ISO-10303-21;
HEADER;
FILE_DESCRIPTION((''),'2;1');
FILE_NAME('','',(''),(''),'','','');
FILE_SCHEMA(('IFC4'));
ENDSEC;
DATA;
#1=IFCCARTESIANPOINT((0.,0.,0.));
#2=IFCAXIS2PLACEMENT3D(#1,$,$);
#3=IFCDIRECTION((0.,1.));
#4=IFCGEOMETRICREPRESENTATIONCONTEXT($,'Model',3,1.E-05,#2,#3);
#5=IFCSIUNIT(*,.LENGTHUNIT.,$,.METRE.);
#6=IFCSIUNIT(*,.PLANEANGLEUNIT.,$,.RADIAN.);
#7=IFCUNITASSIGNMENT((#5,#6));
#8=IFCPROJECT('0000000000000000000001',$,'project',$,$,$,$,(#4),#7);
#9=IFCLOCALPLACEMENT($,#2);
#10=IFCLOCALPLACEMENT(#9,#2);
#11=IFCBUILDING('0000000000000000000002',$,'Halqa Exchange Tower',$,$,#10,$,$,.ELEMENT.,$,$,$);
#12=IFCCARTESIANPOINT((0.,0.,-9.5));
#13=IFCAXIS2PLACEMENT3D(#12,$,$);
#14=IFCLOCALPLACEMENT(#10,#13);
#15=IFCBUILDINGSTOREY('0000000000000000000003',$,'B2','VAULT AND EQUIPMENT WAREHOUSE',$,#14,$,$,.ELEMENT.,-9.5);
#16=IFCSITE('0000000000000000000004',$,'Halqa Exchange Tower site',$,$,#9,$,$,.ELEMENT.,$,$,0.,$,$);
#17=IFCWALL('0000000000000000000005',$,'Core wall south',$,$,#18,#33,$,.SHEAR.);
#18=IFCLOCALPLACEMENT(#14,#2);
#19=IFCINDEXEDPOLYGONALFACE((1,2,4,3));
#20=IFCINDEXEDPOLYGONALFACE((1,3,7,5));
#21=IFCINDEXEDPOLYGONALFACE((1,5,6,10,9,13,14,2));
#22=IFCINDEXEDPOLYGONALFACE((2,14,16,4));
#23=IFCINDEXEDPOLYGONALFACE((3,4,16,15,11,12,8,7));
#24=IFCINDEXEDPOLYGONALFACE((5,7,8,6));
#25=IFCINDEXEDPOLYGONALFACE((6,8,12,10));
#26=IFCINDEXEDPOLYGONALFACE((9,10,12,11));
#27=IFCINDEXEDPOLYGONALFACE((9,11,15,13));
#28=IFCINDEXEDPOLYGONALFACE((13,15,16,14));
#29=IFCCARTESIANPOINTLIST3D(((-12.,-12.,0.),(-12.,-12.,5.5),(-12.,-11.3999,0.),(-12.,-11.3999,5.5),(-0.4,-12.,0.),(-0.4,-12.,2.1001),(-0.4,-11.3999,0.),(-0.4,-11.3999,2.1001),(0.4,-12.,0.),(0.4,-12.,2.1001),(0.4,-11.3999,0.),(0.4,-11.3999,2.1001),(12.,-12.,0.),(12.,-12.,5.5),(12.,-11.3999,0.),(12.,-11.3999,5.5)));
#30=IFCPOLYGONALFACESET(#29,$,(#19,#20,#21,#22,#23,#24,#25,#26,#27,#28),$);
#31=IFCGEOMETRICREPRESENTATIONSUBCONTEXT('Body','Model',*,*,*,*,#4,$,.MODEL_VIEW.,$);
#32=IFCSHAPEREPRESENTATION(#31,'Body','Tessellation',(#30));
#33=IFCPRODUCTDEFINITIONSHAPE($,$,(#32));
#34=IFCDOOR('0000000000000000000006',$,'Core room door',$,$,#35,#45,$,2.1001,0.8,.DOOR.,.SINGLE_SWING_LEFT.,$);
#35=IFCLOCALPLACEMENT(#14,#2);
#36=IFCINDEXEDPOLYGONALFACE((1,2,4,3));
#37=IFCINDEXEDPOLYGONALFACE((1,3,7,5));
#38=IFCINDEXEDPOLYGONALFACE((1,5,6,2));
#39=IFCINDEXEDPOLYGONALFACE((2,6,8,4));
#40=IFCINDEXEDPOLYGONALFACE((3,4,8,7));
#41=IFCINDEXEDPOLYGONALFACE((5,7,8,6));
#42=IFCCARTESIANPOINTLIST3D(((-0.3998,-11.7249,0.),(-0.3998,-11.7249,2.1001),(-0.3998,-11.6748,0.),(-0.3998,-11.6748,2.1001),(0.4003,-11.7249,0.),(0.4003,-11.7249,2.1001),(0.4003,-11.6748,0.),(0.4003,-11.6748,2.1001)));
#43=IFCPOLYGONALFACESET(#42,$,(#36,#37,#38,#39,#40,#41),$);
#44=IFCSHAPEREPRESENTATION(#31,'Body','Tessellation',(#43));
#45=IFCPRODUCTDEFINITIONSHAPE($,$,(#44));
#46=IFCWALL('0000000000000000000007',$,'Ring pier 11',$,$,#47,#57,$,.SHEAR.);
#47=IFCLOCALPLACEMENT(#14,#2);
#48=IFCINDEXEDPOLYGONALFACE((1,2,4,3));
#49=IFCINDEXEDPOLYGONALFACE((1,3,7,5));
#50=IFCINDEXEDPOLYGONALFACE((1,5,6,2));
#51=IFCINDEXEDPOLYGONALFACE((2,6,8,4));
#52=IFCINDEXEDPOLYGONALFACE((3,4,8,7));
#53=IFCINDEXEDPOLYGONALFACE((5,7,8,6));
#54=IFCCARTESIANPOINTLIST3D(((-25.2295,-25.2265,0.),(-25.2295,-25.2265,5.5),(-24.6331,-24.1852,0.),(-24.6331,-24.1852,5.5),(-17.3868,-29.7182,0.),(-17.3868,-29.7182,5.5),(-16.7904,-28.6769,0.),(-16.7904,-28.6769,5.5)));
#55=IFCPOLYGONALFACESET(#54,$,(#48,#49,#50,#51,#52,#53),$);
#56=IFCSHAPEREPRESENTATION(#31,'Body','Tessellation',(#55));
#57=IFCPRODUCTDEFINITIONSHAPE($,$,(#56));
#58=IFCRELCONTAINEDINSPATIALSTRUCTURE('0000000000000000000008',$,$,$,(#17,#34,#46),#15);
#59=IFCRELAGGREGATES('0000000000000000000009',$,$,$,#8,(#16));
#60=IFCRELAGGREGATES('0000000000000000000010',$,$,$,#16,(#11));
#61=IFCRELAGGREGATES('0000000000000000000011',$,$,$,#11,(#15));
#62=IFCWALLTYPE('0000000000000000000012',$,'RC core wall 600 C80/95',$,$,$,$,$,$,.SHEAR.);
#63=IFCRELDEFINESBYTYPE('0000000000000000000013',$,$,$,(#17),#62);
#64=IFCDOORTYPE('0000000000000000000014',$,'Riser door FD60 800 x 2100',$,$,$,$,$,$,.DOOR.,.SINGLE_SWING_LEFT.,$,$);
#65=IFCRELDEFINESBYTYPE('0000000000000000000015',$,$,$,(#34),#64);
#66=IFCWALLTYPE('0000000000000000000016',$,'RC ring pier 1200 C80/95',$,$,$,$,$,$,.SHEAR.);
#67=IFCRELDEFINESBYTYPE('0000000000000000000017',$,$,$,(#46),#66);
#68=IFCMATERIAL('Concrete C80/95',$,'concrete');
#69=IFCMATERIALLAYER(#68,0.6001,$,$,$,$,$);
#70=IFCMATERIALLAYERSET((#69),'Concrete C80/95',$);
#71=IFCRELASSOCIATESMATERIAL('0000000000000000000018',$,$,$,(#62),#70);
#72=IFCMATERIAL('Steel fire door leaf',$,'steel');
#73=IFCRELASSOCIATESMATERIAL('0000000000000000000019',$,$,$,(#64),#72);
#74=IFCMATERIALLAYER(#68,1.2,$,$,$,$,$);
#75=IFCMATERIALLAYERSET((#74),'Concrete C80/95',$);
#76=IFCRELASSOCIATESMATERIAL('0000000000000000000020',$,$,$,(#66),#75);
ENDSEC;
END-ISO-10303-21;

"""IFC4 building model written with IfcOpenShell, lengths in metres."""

from ifc_helpers import new_model, si_unit, direction, frame, frame_2d, origin, place, context, subcontext, project, spatial, rectangle, extrude, material, layer, layer_set, type_object, element, fill, save


model = new_model("IFC4")

# Units and contexts
model_context = context("Model", 3, precision=1e-05, world=origin(), true_north=direction((0.0, 1.0)))
body_context = subcontext(model_context, "Body", "Model", "MODEL_VIEW")
ifc_project = project(units=[si_unit("LENGTHUNIT", "METRE"), si_unit("PLANEANGLEUNIT", "RADIAN")], contexts=[model_context])

# Site, building, storey
site_placement = place(None, origin())
site = spatial("IfcSite", under=ifc_project, at=site_placement, Name="Halqa Exchange Tower site", CompositionType="ELEMENT", RefElevation=0.0)
building_placement = place(site_placement, origin())
building = spatial("IfcBuilding", under=site, at=building_placement, Name="Halqa Exchange Tower", CompositionType="ELEMENT")
storey_placement = place(building_placement, frame((0.0, 0.0, -9.5)))
storey = spatial("IfcBuildingStorey", under=building, at=storey_placement, Name="B2", Description="VAULT AND EQUIPMENT WAREHOUSE", CompositionType="ELEMENT", Elevation=-9.5)

# Shared definitions
ifc_material_1 = material(Name="Steel fire door leaf", Category="steel")

# Wall, opening, door
ifc_material_2 = material(Name="Concrete C80/95", Category="concrete")
ifc_layer_1 = layer(ifc_material_2, 0.6001)
ifc_layer_set_1 = layer_set([ifc_layer_1], Name="Concrete C80/95")
wall_type_1 = type_object("IfcWallType", Name="RC core wall 600 C80/95", PredefinedType="SHEAR", material=ifc_layer_set_1)
wall_1_placement = place(storey_placement, frame((-12.0, -11.7, 0.0), z_axis=(0.0, 0.0, 1.0), x_axis=(1.0, 0.0, 0.0)))
wall_1 = element("IfcWall", 1, at=wall_1_placement, inside=storey, type_object=wall_type_1, Name="Core wall south", PredefinedType="SHEAR", context=body_context, shape_type="SweptSolid", body=[
    extrude(rectangle(XDim=24.0, YDim=0.6001, at=frame_2d((12.0, 0.0))), origin(), (0.0, 0.0, 1.0), 5.5),
])
opening_1_placement = place(wall_1_placement, frame((11.6001, 0.0, 0.0)))
opening_1 = element("IfcOpeningElement", 2, at=opening_1_placement, cuts=wall_1, PredefinedType="OPENING", context=body_context, shape_type="SweptSolid", body=[
    extrude(rectangle(XDim=0.8, YDim=2.1001, at=frame_2d((0.3999, 1.05))), frame((0.0, 0.312, 0.0), z_axis=(0.0, -1.0, 0.0), x_axis=(1.0, 0.0, 0.0)), (0.0, 0.0, 1.0), 0.624),
])
door_type_1 = type_object("IfcDoorType", Name="Riser door FD60 800 x 2100", OperationType="SINGLE_SWING_LEFT", PredefinedType="DOOR", material=ifc_material_1)
door_1_placement = place(opening_1_placement, frame((0.8, 0.0, 0.0), z_axis=(0.0, 0.0, 1.0), x_axis=(-1.0, 0.0, 0.0)))
door_1 = element("IfcDoor", 3, at=door_1_placement, inside=storey, type_object=door_type_1, Name="Core room door", OperationType="SINGLE_SWING_LEFT", OverallHeight=2.1001, OverallWidth=0.8, PredefinedType="DOOR", context=body_context, shape_type="SweptSolid", body=[
    extrude(rectangle(XDim=0.8, YDim=2.1001, at=frame_2d((0.3999, 1.05))), frame((0.0, 0.0249, 0.0), z_axis=(0.0, -1.0, 0.0), x_axis=(1.0, 0.0, 0.0)), (0.0, 0.0, 1.0), 0.05),
])
fill(opening_1, door_1)

# Wall
ifc_layer_2 = layer(ifc_material_2, 1.2)
ifc_layer_set_2 = layer_set([ifc_layer_2], Name="Concrete C80/95")
wall_type_2 = type_object("IfcWallType", Name="RC ring pier 1200 C80/95", PredefinedType="SHEAR", material=ifc_layer_set_2)
wall_2_placement = place(storey_placement, frame((-24.9314, -24.7058, 0.0), z_axis=(0.0, 0.0, 1.0), x_axis=(0.867761, -0.496982, 0.0)))
element("IfcWall", 4, at=wall_2_placement, inside=storey, type_object=wall_type_2, Name="Ring pier 11", PredefinedType="SHEAR", context=body_context, shape_type="SweptSolid", body=[
    extrude(rectangle(XDim=9.0378, YDim=1.2, at=frame_2d((4.519, 0.0))), origin(), (0.0, 0.0, 1.0), 5.5),
])

save(model, "model.ifc")
